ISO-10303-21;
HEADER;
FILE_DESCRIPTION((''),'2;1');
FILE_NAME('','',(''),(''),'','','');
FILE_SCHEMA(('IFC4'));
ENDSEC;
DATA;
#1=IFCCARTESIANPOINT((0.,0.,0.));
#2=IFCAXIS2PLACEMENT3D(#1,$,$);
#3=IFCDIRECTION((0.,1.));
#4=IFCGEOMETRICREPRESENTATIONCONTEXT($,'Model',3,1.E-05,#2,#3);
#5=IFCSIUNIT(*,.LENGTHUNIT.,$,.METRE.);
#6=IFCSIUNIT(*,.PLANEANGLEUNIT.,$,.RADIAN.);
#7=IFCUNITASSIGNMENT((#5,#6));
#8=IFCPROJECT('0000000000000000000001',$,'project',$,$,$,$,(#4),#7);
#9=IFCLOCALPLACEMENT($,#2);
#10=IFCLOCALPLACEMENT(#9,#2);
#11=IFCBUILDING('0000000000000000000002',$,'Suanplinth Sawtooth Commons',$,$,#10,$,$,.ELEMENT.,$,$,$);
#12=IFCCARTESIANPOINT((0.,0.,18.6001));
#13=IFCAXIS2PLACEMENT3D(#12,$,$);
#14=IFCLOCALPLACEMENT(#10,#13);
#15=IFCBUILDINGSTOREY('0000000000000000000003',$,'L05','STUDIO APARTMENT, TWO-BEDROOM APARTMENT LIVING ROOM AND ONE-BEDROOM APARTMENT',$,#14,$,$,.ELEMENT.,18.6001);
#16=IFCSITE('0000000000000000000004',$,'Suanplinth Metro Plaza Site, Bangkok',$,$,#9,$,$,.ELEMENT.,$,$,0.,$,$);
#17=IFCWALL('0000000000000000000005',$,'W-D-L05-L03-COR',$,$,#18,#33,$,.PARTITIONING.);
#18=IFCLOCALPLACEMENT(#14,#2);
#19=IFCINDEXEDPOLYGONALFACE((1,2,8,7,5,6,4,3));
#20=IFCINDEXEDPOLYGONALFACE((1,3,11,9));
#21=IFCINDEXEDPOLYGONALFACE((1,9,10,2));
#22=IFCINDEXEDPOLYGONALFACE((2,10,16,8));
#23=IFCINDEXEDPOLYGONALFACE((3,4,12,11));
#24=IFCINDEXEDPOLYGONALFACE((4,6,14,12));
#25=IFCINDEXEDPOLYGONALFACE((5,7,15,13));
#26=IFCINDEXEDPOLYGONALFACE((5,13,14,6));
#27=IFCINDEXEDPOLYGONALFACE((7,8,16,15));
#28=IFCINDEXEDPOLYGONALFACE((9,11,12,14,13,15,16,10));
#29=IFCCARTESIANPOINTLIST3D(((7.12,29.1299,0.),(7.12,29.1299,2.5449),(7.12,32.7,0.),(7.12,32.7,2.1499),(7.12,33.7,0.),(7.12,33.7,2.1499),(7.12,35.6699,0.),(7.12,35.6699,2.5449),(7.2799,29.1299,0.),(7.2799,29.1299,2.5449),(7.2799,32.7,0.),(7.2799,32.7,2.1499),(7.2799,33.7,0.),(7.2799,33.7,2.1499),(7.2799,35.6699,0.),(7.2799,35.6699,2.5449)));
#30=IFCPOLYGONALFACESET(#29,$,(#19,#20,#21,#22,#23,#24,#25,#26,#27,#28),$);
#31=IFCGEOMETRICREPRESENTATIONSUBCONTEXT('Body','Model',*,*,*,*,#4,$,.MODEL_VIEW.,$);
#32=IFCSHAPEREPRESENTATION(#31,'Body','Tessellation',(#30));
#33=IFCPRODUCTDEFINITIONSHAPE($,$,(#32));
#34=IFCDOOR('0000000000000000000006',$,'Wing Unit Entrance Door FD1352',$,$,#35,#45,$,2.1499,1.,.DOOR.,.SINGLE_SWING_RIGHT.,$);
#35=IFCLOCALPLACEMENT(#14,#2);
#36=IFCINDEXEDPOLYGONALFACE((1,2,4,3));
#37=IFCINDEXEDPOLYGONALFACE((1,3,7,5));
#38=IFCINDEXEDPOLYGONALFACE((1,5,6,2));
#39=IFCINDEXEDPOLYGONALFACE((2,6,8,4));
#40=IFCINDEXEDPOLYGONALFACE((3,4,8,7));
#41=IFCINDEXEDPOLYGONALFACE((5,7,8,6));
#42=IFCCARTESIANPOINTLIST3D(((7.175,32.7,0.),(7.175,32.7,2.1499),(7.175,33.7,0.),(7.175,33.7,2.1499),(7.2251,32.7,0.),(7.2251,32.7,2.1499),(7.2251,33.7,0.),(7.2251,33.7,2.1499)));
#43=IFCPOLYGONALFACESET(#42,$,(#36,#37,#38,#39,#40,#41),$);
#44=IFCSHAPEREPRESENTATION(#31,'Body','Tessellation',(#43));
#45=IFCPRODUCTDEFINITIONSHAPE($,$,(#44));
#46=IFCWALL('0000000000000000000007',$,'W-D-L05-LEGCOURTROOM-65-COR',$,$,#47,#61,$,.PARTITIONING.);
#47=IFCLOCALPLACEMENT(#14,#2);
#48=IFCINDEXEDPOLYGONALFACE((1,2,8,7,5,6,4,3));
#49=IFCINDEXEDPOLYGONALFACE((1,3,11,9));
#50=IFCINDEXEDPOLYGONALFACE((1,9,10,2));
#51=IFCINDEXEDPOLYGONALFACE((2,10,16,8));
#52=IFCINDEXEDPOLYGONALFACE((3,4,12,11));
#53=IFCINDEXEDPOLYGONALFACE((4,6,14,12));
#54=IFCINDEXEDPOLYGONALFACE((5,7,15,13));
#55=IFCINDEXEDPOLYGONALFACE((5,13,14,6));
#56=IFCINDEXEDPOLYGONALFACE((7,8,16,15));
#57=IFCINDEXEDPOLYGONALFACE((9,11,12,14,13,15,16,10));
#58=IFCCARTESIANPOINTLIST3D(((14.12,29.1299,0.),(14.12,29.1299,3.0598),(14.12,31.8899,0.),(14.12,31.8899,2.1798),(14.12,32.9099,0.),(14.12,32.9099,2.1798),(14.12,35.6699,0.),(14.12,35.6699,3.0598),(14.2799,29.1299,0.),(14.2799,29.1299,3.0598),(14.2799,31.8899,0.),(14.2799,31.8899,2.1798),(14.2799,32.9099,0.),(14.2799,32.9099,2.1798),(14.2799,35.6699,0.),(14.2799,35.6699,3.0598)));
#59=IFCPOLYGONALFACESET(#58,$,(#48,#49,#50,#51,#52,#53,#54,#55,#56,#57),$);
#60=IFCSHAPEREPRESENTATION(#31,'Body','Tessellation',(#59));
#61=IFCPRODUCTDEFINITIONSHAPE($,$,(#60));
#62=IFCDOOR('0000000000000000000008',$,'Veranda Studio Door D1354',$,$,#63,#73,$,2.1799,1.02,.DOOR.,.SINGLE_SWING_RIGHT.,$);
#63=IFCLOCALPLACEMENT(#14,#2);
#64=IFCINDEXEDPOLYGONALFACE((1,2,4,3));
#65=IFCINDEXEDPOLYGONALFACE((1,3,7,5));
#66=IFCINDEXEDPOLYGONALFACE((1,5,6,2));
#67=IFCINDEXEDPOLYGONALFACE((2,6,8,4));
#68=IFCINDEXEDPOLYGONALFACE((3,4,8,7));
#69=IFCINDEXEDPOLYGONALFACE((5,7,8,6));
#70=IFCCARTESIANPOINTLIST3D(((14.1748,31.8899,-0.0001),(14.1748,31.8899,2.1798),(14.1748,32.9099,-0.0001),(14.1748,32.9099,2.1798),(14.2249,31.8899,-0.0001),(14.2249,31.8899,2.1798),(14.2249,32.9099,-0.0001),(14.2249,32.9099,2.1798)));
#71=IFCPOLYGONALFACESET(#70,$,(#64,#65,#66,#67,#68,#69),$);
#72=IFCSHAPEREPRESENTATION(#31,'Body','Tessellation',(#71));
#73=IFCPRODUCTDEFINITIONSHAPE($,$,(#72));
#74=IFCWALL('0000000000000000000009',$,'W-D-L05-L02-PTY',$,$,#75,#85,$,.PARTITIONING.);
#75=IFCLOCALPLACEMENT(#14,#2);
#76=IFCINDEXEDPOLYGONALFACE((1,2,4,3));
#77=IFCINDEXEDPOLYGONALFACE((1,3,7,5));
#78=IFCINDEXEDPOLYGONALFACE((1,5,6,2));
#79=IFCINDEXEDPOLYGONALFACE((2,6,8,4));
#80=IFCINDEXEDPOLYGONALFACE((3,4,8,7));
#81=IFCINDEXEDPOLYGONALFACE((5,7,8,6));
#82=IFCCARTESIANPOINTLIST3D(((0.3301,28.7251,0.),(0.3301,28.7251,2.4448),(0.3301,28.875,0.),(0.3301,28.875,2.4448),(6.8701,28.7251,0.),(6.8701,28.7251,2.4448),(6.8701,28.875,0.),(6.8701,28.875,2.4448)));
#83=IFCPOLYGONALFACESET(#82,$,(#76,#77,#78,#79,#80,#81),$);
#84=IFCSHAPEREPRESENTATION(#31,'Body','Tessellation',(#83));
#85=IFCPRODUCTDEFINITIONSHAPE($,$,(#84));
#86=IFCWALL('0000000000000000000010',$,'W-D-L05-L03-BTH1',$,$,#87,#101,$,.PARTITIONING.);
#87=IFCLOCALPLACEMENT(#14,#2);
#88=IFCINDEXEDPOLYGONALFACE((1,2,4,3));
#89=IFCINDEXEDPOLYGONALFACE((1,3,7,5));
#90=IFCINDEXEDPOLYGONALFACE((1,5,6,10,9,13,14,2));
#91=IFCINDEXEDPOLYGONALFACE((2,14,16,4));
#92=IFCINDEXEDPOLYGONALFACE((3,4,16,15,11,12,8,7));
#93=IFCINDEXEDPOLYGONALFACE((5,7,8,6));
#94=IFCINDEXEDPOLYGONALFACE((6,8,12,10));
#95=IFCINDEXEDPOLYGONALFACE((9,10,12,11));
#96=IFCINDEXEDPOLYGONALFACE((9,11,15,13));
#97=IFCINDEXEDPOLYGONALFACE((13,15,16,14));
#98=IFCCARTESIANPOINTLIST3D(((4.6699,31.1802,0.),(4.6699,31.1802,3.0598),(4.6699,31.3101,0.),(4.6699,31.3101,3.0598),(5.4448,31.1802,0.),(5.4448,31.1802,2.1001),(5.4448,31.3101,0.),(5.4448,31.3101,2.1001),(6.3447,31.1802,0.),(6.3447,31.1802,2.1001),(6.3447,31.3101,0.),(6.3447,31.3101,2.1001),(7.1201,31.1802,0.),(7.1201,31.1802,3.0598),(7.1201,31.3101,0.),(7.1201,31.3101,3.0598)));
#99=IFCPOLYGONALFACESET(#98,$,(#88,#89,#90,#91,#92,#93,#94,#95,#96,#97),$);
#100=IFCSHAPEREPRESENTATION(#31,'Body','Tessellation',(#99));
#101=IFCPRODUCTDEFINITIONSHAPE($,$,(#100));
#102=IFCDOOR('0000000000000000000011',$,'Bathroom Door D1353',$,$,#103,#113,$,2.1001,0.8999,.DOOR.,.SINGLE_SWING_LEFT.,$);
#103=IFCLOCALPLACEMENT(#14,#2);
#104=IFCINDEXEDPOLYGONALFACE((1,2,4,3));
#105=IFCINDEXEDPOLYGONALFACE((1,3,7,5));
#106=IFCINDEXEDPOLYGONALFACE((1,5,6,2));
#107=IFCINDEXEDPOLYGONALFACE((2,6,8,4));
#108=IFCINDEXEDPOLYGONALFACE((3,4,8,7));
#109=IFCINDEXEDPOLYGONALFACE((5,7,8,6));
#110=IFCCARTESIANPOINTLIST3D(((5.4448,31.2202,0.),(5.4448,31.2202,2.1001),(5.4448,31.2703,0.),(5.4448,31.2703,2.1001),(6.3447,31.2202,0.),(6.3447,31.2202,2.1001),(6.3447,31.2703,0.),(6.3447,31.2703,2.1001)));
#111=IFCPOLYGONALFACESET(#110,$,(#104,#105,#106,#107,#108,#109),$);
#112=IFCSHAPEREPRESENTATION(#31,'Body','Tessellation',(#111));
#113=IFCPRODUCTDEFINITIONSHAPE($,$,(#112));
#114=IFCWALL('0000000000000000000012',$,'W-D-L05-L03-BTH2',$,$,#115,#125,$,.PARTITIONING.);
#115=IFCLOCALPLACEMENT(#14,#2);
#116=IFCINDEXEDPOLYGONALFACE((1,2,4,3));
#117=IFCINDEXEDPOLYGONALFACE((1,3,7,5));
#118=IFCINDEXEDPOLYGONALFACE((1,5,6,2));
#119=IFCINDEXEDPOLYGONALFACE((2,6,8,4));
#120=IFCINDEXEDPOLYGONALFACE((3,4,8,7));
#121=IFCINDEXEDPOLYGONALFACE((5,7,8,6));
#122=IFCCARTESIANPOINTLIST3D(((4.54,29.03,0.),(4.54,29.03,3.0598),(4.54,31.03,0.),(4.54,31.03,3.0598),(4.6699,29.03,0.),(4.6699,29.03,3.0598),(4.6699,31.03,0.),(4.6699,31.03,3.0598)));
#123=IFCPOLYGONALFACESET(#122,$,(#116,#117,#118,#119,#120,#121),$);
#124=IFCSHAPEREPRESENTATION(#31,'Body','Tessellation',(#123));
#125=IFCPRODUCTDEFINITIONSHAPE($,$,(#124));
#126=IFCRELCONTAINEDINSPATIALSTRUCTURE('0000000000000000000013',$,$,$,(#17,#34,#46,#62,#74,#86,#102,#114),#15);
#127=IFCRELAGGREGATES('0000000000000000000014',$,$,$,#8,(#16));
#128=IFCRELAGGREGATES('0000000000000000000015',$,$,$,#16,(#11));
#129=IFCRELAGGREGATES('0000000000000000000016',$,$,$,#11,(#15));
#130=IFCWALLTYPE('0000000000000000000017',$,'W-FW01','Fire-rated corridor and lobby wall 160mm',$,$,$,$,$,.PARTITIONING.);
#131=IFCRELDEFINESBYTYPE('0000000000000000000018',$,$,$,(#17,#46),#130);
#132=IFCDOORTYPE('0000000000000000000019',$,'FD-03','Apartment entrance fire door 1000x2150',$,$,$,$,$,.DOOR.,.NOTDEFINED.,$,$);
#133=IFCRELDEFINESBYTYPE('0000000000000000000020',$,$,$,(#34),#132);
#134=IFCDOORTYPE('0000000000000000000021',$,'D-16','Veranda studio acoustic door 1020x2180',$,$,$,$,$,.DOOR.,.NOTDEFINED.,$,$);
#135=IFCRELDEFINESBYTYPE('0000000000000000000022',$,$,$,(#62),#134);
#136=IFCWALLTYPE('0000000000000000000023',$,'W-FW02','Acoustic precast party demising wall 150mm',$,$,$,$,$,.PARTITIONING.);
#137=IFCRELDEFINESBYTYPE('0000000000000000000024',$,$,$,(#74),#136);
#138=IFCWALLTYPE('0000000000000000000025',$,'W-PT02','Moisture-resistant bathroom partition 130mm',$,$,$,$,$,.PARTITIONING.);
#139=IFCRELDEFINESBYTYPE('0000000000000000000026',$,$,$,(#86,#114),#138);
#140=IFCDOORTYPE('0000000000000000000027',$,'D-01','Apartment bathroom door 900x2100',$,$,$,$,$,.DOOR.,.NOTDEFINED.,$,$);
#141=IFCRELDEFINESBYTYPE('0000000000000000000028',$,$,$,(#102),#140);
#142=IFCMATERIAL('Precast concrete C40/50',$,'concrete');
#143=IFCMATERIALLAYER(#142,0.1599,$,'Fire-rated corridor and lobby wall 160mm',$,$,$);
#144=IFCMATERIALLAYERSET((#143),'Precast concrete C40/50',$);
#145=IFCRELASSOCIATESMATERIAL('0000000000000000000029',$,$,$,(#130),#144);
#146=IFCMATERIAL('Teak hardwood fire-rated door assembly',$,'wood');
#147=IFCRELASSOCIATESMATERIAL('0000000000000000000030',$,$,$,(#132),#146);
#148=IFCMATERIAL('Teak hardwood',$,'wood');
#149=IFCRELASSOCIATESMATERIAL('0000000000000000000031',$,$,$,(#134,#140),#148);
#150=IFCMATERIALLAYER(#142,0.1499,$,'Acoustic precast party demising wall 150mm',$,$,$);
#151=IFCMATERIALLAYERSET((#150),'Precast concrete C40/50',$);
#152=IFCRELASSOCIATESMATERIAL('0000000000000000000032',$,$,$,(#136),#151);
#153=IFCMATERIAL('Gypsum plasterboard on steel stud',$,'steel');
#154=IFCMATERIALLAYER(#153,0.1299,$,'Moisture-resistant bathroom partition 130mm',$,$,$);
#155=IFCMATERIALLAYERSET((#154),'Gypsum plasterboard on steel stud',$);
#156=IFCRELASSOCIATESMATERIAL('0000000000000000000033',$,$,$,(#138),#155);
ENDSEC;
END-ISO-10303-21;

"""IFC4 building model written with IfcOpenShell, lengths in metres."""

from ifc_helpers import new_model, si_unit, direction, frame, frame_2d, origin, place, context, subcontext, project, spatial, rectangle, extrude, material, layer, layer_set, type_object, element, fill, save


model = new_model("IFC4")

# Units and contexts
model_context = context("Model", 3, precision=1e-05, world=origin(), true_north=direction((0.0, 1.0)))
body_context = subcontext(model_context, "Body", "Model", "MODEL_VIEW")
ifc_project = project(units=[si_unit("LENGTHUNIT", "METRE"), si_unit("PLANEANGLEUNIT", "RADIAN")], contexts=[model_context])

# Site, building, storey
site_placement = place(None, origin())
site = spatial("IfcSite", under=ifc_project, at=site_placement, Name="Suanplinth Metro Plaza Site, Bangkok", CompositionType="ELEMENT", RefElevation=0.0)
building_placement = place(site_placement, origin())
building = spatial("IfcBuilding", under=site, at=building_placement, Name="Suanplinth Sawtooth Commons", CompositionType="ELEMENT")
storey_placement = place(building_placement, frame((0.0, 0.0, 18.6001)))
storey = spatial("IfcBuildingStorey", under=building, at=storey_placement, Name="L05", Description="STUDIO APARTMENT, TWO-BEDROOM APARTMENT LIVING ROOM AND ONE-BEDROOM APARTMENT", CompositionType="ELEMENT", Elevation=18.6001)

# Shared definitions
ifc_material_1 = material(Name="Precast concrete C40/50", Category="concrete")

# Walls, openings, doors
ifc_layer_1 = layer(ifc_material_1, 0.1599, Name="Fire-rated corridor and lobby wall 160mm")
ifc_layer_set_1 = layer_set([ifc_layer_1], Name="Precast concrete C40/50")
wall_type_1 = type_object("IfcWallType", Name="W-FW01", Description="Fire-rated corridor and lobby wall 160mm", PredefinedType="PARTITIONING", material=ifc_layer_set_1)
wall_1_placement = place(storey_placement, frame((7.2, 29.1299, 0.0), z_axis=(0.0, 0.0, 1.0), x_axis=(0.0, 1.0, 0.0)))
wall_1 = element("IfcWall", 1, at=wall_1_placement, inside=storey, type_object=wall_type_1, Name="W-D-L05-L03-COR", PredefinedType="PARTITIONING", context=body_context, shape_type="SweptSolid", body=[
    extrude(rectangle(XDim=6.54, YDim=0.1599, at=frame_2d((3.27, 0.0))), origin(), (0.0, 0.0, 1.0), 2.5449),
])
opening_1_placement = place(wall_1_placement, frame((3.5701, 0.0, 0.0)))
opening_1 = element("IfcOpeningElement", 2, at=opening_1_placement, cuts=wall_1, PredefinedType="OPENING", context=body_context, shape_type="SweptSolid", body=[
    extrude(rectangle(XDim=1.0, YDim=2.1499, at=frame_2d((0.5, 1.075))), frame((0.0, 0.0947, 0.0), z_axis=(0.0, -1.0, 0.0), x_axis=(1.0, 0.0, 0.0)), (0.0, 0.0, 1.0), 0.1897),
])
ifc_material_2 = material(Name="Teak hardwood fire-rated door assembly", Category="wood")
door_type_1 = type_object("IfcDoorType", Name="FD-03", Description="Apartment entrance fire door 1000x2150", OperationType="NOTDEFINED", PredefinedType="DOOR", material=ifc_material_2)
door_1_placement = place(opening_1_placement, origin())
door_1 = element("IfcDoor", 3, at=door_1_placement, inside=storey, type_object=door_type_1, Name="Wing Unit Entrance Door FD1352", OperationType="SINGLE_SWING_RIGHT", OverallHeight=2.1499, OverallWidth=1.0, PredefinedType="DOOR", context=body_context, shape_type="SweptSolid", body=[
    extrude(rectangle(XDim=1.0, YDim=2.1499, at=frame_2d((0.5, 1.075))), frame((0.0, 0.0249, 0.0), z_axis=(0.0, -1.0, 0.0), x_axis=(1.0, 0.0, 0.0)), (0.0, 0.0, 1.0), 0.05),
])
fill(opening_1, door_1)
wall_2_placement = place(storey_placement, frame((14.2, 29.1299, 0.0), z_axis=(0.0, 0.0, 1.0), x_axis=(0.0, 1.0, 0.0)))
wall_2 = element("IfcWall", 4, at=wall_2_placement, inside=storey, type_object=wall_type_1, Name="W-D-L05-LEGCOURTROOM-65-COR", PredefinedType="PARTITIONING", context=body_context, shape_type="SweptSolid", body=[
    extrude(rectangle(XDim=6.54, YDim=0.1599, at=frame_2d((3.27, 0.0))), origin(), (0.0, 0.0, 1.0), 3.0598),
])
opening_2_placement = place(wall_2_placement, frame((2.76, 0.0, 0.0)))
opening_2 = element("IfcOpeningElement", 5, at=opening_2_placement, cuts=wall_2, PredefinedType="OPENING", context=body_context, shape_type="SweptSolid", body=[
    extrude(rectangle(XDim=1.02, YDim=2.1799, at=frame_2d((0.51, 1.0898))), frame((0.0, 0.0947, 0.0), z_axis=(0.0, -1.0, 0.0), x_axis=(1.0, 0.0, 0.0)), (0.0, 0.0, 1.0), 0.1897),
])
ifc_material_3 = material(Name="Teak hardwood", Category="wood")
door_type_2 = type_object("IfcDoorType", Name="D-16", Description="Veranda studio acoustic door 1020x2180", OperationType="NOTDEFINED", PredefinedType="DOOR", material=ifc_material_3)
door_2_placement = place(opening_2_placement, frame((1.02, 0.0, 0.0), z_axis=(0.0, 0.0, 1.0), x_axis=(-1.0, 0.0, 0.0)))
door_2 = element("IfcDoor", 6, at=door_2_placement, inside=storey, type_object=door_type_2, Name="Veranda Studio Door D1354", OperationType="SINGLE_SWING_RIGHT", OverallHeight=2.1799, OverallWidth=1.02, PredefinedType="DOOR", context=body_context, shape_type="SweptSolid", body=[
    extrude(rectangle(XDim=1.02, YDim=2.1799, at=frame_2d((0.51, 1.0898))), frame((0.0, 0.0249, 0.0), z_axis=(0.0, -1.0, 0.0), x_axis=(1.0, 0.0, 0.0)), (0.0, 0.0, 1.0), 0.05),
])
fill(opening_2, door_2)

# Wall
ifc_layer_2 = layer(ifc_material_1, 0.1499, Name="Acoustic precast party demising wall 150mm")
ifc_layer_set_2 = layer_set([ifc_layer_2], Name="Precast concrete C40/50")
wall_type_2 = type_object("IfcWallType", Name="W-FW02", Description="Acoustic precast party demising wall 150mm", PredefinedType="PARTITIONING", material=ifc_layer_set_2)
wall_3_placement = place(storey_placement, frame((0.3301, 28.8, 0.0), z_axis=(0.0, 0.0, 1.0), x_axis=(1.0, 0.0, 0.0)))
element("IfcWall", 7, at=wall_3_placement, inside=storey, type_object=wall_type_2, Name="W-D-L05-L02-PTY", PredefinedType="PARTITIONING", context=body_context, shape_type="SweptSolid", body=[
    extrude(rectangle(XDim=6.54, YDim=0.1499, at=frame_2d((3.27, 0.0))), origin(), (0.0, 0.0, 1.0), 2.4448),
])

# Wall, opening, door
ifc_material_4 = material(Name="Gypsum plasterboard on steel stud", Category="steel")
ifc_layer_3 = layer(ifc_material_4, 0.1299, Name="Moisture-resistant bathroom partition 130mm")
ifc_layer_set_3 = layer_set([ifc_layer_3], Name="Gypsum plasterboard on steel stud")
wall_type_3 = type_object("IfcWallType", Name="W-PT02", Description="Moisture-resistant bathroom partition 130mm", PredefinedType="PARTITIONING", material=ifc_layer_set_3)
wall_4_placement = place(storey_placement, frame((4.6699, 31.2451, 0.0), z_axis=(0.0, 0.0, 1.0), x_axis=(1.0, 0.0, 0.0)))
wall_4 = element("IfcWall", 8, at=wall_4_placement, inside=storey, type_object=wall_type_3, Name="W-D-L05-L03-BTH1", PredefinedType="PARTITIONING", context=body_context, shape_type="SweptSolid", body=[
    extrude(rectangle(XDim=2.4502, YDim=0.1299, at=frame_2d((1.2251, 0.0))), origin(), (0.0, 0.0, 1.0), 3.0598),
])
opening_3_placement = place(wall_4_placement, frame((0.7749, 0.0, 0.0)))
opening_3 = element("IfcOpeningElement", 9, at=opening_3_placement, cuts=wall_4, PredefinedType="OPENING", context=body_context, shape_type="SweptSolid", body=[
    extrude(rectangle(XDim=0.8999, YDim=2.1001, at=frame_2d((0.45, 1.05))), frame((0.0, 0.0798, 0.0), z_axis=(0.0, -1.0, 0.0), x_axis=(1.0, 0.0, 0.0)), (0.0, 0.0, 1.0), 0.1597),
])
door_type_3 = type_object("IfcDoorType", Name="D-01", Description="Apartment bathroom door 900x2100", OperationType="NOTDEFINED", PredefinedType="DOOR", material=ifc_material_3)
door_3_placement = place(opening_3_placement, frame((0.8999, 0.0, 0.0), z_axis=(0.0, 0.0, 1.0), x_axis=(-1.0, 0.0, 0.0)))
door_3 = element("IfcDoor", 10, at=door_3_placement, inside=storey, type_object=door_type_3, Name="Bathroom Door D1353", OperationType="SINGLE_SWING_LEFT", OverallHeight=2.1001, OverallWidth=0.8999, PredefinedType="DOOR", context=body_context, shape_type="SweptSolid", body=[
    extrude(rectangle(XDim=0.8999, YDim=2.1001, at=frame_2d((0.45, 1.05))), frame((0.0, 0.0249, 0.0), z_axis=(0.0, -1.0, 0.0), x_axis=(1.0, 0.0, 0.0)), (0.0, 0.0, 1.0), 0.05),
])
fill(opening_3, door_3)

# Wall
wall_5_placement = place(storey_placement, frame((4.605, 29.03, 0.0), z_axis=(0.0, 0.0, 1.0), x_axis=(0.0, 1.0, 0.0)))
element("IfcWall", 11, at=wall_5_placement, inside=storey, type_object=wall_type_3, Name="W-D-L05-L03-BTH2", PredefinedType="PARTITIONING", context=body_context, shape_type="SweptSolid", body=[
    extrude(rectangle(XDim=2.0, YDim=0.1299, at=frame_2d((1.0, 0.0))), origin(), (0.0, 0.0, 1.0), 3.0598),
])

save(model, "model.ifc")
